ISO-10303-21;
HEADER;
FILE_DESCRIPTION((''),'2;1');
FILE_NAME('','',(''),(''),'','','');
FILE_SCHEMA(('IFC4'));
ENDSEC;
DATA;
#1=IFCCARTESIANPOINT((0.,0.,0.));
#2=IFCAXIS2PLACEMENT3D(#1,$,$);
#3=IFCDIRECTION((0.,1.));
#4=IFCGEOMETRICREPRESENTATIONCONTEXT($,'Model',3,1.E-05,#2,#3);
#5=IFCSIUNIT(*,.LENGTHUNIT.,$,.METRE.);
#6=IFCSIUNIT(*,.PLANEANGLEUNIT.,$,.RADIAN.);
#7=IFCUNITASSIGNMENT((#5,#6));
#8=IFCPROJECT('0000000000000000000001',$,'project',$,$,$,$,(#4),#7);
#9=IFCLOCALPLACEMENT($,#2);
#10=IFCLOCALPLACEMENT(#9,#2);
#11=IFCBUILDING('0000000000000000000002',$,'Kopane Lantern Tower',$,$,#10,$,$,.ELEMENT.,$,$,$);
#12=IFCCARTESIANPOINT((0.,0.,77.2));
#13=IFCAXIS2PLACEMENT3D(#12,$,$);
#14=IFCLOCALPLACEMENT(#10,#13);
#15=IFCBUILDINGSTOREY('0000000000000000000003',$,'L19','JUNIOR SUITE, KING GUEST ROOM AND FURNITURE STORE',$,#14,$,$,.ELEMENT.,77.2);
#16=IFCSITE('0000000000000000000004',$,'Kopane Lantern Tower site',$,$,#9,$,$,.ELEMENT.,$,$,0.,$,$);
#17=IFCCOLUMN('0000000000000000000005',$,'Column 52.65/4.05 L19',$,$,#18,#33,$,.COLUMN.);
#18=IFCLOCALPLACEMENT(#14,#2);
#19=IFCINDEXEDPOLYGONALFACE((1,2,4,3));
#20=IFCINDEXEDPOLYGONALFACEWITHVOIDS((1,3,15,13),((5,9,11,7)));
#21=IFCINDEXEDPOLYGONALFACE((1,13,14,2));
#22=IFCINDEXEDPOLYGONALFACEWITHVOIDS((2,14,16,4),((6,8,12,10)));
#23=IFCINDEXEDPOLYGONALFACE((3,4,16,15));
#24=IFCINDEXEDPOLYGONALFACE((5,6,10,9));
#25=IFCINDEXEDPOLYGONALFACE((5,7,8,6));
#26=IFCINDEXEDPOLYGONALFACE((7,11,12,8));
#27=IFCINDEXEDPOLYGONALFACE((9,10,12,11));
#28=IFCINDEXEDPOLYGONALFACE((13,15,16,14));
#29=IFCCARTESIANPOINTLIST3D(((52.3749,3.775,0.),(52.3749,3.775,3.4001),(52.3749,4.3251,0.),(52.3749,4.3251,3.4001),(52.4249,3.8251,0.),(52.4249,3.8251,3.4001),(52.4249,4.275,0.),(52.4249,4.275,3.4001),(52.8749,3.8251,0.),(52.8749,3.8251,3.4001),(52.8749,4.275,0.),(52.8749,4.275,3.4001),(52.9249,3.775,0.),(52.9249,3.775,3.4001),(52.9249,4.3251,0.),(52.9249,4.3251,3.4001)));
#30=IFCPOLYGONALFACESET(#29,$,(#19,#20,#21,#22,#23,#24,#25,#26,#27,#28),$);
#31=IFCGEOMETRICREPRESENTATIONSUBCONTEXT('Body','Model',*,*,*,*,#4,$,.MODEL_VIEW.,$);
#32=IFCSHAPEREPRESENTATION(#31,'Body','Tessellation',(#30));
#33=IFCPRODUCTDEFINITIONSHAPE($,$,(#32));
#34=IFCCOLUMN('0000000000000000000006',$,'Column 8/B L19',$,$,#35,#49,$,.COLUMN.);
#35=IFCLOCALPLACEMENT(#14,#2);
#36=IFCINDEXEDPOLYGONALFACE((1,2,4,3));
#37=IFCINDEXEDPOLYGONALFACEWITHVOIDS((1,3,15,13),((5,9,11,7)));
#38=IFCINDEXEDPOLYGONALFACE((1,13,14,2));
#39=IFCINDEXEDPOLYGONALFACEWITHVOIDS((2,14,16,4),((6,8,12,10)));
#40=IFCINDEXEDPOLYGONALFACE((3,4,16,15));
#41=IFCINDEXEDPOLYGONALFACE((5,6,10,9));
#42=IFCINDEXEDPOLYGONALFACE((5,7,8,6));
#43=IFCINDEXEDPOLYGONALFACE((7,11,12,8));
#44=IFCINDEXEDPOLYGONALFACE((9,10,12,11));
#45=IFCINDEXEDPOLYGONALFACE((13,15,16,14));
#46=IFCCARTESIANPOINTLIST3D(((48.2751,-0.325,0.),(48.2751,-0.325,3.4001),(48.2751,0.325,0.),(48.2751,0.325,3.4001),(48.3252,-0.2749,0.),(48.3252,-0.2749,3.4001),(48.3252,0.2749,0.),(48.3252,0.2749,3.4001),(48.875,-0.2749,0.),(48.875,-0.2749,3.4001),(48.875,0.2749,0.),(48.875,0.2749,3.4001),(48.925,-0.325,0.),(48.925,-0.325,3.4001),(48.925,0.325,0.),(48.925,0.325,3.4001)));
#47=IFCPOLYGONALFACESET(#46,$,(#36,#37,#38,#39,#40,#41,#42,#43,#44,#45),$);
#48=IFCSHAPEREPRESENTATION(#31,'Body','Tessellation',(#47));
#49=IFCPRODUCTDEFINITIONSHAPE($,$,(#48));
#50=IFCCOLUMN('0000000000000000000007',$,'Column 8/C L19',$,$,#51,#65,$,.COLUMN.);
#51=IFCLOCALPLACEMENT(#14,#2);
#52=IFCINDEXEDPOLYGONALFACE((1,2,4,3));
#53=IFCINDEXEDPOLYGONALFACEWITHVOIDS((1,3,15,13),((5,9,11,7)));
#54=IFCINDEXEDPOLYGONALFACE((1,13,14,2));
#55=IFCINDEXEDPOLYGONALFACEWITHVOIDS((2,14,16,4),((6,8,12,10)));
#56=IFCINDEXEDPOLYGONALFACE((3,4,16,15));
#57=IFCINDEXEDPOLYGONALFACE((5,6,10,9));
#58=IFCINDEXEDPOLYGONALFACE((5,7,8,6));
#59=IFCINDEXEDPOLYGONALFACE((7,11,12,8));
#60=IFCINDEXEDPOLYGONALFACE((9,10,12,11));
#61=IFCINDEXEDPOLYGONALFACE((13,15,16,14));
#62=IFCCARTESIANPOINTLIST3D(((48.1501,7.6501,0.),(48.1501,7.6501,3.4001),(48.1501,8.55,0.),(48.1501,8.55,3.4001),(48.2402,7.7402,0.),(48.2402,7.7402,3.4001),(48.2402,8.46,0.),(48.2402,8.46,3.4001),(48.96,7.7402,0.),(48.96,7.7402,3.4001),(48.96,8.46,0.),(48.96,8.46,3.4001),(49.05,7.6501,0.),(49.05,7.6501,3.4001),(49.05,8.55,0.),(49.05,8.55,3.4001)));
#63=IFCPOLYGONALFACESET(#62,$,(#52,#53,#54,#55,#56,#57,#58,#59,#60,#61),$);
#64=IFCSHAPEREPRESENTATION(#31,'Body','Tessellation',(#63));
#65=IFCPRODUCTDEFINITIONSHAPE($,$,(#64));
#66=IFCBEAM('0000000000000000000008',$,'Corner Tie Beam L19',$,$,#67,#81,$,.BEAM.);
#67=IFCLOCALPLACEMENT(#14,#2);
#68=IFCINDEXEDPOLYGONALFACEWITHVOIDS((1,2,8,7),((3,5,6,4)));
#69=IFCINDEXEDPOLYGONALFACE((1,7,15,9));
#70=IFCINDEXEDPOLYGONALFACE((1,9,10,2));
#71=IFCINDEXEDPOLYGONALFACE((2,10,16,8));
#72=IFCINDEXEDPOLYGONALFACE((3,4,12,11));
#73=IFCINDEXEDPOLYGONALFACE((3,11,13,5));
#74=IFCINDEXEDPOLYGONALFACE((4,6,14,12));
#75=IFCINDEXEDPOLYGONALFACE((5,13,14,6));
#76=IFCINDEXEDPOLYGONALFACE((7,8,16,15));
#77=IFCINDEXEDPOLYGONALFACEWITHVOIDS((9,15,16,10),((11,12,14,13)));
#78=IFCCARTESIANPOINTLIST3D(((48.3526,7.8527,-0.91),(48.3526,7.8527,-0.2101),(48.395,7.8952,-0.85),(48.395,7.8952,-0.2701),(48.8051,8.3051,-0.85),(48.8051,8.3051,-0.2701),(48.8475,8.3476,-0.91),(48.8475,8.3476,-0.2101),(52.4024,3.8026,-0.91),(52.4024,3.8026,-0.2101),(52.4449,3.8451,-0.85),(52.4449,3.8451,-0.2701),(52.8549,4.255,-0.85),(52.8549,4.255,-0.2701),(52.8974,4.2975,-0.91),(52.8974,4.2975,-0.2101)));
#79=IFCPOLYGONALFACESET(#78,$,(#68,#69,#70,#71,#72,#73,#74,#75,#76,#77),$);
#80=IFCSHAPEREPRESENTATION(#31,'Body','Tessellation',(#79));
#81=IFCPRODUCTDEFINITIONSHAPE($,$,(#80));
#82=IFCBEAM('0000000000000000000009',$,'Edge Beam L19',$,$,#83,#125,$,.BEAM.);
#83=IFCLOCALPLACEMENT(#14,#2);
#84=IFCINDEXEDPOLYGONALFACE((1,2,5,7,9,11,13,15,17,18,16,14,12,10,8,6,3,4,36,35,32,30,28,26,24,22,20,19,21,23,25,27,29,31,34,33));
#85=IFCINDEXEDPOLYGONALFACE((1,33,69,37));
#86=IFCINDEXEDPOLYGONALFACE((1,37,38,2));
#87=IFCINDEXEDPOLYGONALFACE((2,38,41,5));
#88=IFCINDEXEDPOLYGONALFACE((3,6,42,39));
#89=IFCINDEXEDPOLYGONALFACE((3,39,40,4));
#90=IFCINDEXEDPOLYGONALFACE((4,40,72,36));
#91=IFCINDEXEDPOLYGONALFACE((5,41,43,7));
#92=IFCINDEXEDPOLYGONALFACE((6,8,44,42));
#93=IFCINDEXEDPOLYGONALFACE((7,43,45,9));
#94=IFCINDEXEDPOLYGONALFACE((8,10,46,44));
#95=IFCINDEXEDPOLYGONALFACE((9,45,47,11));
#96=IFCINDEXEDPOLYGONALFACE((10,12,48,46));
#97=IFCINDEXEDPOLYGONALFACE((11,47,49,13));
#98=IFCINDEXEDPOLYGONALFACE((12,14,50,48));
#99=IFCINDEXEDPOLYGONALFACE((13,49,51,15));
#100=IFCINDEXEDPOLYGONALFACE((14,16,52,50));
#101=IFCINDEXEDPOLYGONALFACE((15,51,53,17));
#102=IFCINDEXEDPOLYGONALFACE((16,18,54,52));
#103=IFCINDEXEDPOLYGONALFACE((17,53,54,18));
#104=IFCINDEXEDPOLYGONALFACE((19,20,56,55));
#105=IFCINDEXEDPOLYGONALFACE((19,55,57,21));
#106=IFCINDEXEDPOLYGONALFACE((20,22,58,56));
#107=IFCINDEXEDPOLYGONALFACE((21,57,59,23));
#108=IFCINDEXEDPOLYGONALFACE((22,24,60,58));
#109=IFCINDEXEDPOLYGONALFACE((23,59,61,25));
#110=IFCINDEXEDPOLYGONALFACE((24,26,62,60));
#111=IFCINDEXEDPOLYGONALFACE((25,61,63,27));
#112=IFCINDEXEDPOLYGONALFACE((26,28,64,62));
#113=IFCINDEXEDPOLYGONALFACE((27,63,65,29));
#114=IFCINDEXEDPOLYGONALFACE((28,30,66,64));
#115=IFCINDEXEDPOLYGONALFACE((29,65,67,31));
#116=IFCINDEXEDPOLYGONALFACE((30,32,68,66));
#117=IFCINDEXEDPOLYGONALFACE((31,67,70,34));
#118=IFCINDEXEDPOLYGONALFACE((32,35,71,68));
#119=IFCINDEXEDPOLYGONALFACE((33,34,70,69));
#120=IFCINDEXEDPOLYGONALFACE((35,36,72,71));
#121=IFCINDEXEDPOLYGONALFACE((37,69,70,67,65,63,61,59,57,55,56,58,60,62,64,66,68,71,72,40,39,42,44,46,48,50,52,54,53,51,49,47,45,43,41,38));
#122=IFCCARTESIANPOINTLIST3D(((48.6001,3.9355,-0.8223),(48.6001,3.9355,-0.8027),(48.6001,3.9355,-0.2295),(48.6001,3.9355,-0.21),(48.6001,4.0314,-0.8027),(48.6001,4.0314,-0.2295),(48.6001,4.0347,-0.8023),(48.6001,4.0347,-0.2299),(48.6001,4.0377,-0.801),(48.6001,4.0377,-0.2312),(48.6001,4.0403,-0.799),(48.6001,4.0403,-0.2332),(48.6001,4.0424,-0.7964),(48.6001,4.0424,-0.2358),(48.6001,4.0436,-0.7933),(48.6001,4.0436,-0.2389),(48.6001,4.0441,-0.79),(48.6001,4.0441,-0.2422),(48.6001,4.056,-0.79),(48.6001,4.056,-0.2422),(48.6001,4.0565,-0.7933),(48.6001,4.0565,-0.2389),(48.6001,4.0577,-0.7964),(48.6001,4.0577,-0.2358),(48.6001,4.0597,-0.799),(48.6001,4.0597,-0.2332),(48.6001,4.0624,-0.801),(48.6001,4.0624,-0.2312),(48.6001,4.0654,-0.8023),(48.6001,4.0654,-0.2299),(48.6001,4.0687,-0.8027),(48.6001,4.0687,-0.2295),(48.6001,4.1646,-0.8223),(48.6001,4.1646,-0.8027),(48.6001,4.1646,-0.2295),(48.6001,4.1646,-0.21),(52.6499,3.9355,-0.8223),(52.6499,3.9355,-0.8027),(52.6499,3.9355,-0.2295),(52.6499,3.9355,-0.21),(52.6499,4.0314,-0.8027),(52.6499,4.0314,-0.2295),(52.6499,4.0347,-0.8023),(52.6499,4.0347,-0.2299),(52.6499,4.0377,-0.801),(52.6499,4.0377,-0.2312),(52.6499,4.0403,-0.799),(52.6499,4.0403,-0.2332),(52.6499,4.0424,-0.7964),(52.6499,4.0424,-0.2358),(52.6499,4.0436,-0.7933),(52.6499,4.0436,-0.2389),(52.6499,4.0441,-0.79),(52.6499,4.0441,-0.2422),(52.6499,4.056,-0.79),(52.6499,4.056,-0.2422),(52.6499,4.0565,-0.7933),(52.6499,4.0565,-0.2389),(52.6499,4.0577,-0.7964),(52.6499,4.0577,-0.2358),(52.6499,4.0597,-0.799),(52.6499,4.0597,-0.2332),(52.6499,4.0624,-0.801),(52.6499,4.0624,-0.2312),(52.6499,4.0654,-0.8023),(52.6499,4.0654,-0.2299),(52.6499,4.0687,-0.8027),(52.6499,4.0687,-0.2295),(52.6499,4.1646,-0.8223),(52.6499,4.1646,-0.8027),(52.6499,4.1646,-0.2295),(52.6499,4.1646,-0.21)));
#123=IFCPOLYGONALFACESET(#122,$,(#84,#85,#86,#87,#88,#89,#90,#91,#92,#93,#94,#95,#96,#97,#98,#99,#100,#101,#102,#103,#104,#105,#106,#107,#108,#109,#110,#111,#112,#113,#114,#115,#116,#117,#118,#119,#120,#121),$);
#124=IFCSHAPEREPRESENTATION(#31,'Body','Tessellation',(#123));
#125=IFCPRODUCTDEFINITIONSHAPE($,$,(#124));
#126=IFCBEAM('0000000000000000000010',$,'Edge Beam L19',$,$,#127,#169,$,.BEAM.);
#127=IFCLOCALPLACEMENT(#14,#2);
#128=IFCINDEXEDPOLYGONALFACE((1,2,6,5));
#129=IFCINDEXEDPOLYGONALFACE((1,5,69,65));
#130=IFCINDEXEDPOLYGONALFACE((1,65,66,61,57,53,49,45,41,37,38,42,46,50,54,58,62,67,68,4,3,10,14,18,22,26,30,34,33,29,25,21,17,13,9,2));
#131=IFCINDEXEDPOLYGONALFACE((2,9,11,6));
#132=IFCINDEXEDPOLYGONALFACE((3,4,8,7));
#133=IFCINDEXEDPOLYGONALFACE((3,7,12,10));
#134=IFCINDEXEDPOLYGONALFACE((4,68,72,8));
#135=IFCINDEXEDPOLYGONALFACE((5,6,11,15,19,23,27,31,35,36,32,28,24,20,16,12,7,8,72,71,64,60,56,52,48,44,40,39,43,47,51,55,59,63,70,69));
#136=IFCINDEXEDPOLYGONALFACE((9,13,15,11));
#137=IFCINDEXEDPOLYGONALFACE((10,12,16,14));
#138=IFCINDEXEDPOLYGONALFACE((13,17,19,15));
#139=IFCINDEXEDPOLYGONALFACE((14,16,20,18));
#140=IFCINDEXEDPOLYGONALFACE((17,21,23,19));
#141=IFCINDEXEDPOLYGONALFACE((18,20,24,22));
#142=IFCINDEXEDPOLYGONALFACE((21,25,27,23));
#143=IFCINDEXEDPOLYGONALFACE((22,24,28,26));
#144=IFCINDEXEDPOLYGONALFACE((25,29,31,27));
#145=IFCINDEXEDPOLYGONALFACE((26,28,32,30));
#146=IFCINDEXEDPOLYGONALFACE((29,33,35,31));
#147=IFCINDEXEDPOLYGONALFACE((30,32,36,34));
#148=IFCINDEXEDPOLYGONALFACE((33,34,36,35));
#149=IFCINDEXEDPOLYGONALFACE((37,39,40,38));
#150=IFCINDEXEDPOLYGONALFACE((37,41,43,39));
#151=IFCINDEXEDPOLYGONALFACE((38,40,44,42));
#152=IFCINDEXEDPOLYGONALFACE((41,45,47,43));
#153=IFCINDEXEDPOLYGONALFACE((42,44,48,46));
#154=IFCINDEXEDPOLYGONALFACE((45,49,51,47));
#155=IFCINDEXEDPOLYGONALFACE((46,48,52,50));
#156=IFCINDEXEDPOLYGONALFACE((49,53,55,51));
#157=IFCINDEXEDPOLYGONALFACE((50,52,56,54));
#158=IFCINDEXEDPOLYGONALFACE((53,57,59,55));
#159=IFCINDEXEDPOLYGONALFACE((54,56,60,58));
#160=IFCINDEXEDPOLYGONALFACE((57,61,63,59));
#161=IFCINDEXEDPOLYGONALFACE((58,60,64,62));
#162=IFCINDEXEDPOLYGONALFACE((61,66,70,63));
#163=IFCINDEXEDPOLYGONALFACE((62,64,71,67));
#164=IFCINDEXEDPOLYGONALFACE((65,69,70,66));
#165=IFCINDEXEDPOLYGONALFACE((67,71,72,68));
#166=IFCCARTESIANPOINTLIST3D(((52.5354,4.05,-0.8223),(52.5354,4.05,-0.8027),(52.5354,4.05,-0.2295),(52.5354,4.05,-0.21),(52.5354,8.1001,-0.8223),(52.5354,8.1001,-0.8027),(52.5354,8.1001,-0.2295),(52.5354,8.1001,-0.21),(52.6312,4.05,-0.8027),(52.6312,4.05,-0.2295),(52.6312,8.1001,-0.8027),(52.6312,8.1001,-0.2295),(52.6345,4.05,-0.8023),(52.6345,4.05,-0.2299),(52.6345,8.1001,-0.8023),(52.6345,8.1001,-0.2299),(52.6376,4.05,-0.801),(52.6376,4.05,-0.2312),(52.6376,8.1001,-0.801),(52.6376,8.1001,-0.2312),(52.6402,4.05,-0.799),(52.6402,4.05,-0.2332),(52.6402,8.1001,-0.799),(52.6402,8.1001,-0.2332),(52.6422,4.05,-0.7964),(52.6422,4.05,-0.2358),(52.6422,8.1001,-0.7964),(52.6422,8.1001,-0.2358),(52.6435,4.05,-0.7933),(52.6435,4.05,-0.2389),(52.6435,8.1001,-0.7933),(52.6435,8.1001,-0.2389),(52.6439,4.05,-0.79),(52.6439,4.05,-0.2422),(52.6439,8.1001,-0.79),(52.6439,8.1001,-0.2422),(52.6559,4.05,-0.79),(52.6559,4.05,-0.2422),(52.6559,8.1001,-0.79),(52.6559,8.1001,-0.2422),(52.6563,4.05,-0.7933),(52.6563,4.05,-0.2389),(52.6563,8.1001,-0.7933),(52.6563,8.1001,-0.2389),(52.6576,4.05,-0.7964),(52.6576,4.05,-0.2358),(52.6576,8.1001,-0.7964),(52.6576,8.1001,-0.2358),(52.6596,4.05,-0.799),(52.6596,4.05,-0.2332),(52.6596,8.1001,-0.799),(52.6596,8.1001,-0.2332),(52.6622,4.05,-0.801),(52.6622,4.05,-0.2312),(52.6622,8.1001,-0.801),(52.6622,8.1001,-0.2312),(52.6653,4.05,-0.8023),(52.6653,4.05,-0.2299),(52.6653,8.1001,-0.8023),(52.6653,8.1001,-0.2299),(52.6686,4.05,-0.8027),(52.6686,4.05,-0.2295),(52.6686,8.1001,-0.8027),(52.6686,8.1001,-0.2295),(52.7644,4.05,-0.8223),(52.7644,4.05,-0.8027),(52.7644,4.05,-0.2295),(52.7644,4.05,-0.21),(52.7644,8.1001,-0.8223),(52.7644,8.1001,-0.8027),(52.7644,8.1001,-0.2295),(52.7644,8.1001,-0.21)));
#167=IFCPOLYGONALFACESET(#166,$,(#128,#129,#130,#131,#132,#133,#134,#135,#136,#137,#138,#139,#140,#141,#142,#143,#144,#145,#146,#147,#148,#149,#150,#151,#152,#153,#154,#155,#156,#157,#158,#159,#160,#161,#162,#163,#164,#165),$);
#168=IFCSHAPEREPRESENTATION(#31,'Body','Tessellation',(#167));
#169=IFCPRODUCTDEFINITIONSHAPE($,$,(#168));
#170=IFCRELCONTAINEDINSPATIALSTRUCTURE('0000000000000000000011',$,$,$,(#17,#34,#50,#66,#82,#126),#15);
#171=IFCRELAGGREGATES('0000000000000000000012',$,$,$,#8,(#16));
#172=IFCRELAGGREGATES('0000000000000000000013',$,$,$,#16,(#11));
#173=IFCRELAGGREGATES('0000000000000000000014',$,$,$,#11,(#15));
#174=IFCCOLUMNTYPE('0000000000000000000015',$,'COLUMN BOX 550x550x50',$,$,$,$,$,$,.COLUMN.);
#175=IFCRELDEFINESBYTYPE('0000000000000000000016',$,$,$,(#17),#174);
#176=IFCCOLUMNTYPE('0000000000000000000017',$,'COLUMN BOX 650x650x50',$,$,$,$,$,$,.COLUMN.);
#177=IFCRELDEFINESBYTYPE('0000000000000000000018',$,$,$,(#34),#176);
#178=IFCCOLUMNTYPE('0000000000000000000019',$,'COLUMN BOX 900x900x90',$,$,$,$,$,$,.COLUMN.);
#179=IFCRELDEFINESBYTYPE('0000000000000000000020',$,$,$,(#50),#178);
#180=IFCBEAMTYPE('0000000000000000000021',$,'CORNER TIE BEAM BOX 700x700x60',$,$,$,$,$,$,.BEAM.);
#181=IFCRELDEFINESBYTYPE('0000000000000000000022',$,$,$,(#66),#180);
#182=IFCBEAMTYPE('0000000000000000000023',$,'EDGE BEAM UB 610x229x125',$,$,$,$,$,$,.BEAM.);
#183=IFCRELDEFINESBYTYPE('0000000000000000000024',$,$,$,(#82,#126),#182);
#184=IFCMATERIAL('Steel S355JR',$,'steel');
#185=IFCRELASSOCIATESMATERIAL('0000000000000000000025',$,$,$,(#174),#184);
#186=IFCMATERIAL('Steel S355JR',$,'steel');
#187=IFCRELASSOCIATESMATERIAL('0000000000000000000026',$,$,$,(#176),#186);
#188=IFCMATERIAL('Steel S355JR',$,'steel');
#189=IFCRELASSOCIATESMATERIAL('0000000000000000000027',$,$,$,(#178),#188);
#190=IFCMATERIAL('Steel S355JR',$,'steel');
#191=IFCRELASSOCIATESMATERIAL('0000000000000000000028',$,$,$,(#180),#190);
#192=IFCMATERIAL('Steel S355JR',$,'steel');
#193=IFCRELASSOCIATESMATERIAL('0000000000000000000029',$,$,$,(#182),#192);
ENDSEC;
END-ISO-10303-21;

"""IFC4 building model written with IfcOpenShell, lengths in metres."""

from ifc_helpers import new_model, si_unit, direction, frame, origin, origin_2d, place, context, subcontext, project, spatial, hollow_rectangle, i_section, extrude, material, material_profile, profile_set, type_object, element, save


model = new_model("IFC4")

# Units and contexts
model_context = context("Model", 3, precision=1e-05, world=origin(), true_north=direction((0.0, 1.0)))
body_context = subcontext(model_context, "Body", "Model", "MODEL_VIEW")
ifc_project = project(units=[si_unit("LENGTHUNIT", "METRE"), si_unit("PLANEANGLEUNIT", "RADIAN")], contexts=[model_context])

# Site, building, storey
site_placement = place(None, origin())
site = spatial("IfcSite", under=ifc_project, at=site_placement, Name="Kopane Lantern Tower site", CompositionType="ELEMENT", RefElevation=0.0)
building_placement = place(site_placement, origin())
building = spatial("IfcBuilding", under=site, at=building_placement, Name="Kopane Lantern Tower", CompositionType="ELEMENT")
storey_placement = place(building_placement, frame((0.0, 0.0, 77.2)))
storey = spatial("IfcBuildingStorey", under=building, at=storey_placement, Name="L19", Description="JUNIOR SUITE, KING GUEST ROOM AND FURNITURE STORE", CompositionType="ELEMENT", Elevation=77.2)

# Columns
ifc_material_1 = material(Name="Steel S355JR", Category="steel")
ifc_material_profile_1 = material_profile(ifc_material_1, hollow_rectangle(XDim=0.55, YDim=0.55, WallThickness=0.05, at=origin_2d()), Name="BOX 550x550x50")
ifc_profile_set_1 = profile_set([ifc_material_profile_1], Name="Steel S355JR")
column_type_1 = type_object("IfcColumnType", Name="COLUMN BOX 550x550x50", PredefinedType="COLUMN", material=ifc_profile_set_1)
column_1_placement = place(storey_placement, frame((52.6499, 4.05, 0.0), z_axis=(0.0, 0.0, 1.0), x_axis=(1.0, 0.0, 0.0)))
element("IfcColumn", 1, at=column_1_placement, inside=storey, type_object=column_type_1, Name="Column 52.65/4.05 L19", PredefinedType="COLUMN", context=body_context, shape_type="SweptSolid", body=[
    extrude(hollow_rectangle(XDim=0.55, YDim=0.55, WallThickness=0.05, at=origin_2d()), origin(), (0.0, 0.0, 1.0), 3.4001),
])
ifc_material_2 = material(Name="Steel S355JR", Category="steel")
ifc_material_profile_2 = material_profile(ifc_material_2, hollow_rectangle(XDim=0.6499, YDim=0.6499, WallThickness=0.05, at=origin_2d()), Name="BOX 650x650x50")
ifc_profile_set_2 = profile_set([ifc_material_profile_2], Name="Steel S355JR")
column_type_2 = type_object("IfcColumnType", Name="COLUMN BOX 650x650x50", PredefinedType="COLUMN", material=ifc_profile_set_2)
column_2_placement = place(storey_placement, frame((48.6001, 0.0, 0.0), z_axis=(0.0, 0.0, 1.0), x_axis=(1.0, 0.0, 0.0)))
element("IfcColumn", 2, at=column_2_placement, inside=storey, type_object=column_type_2, Name="Column 8/B L19", PredefinedType="COLUMN", context=body_context, shape_type="SweptSolid", body=[
    extrude(hollow_rectangle(XDim=0.6499, YDim=0.6499, WallThickness=0.05, at=origin_2d()), origin(), (0.0, 0.0, 1.0), 3.4001),
])
ifc_material_3 = material(Name="Steel S355JR", Category="steel")
ifc_material_profile_3 = material_profile(ifc_material_3, hollow_rectangle(XDim=0.8999, YDim=0.8999, WallThickness=0.0901, at=origin_2d()), Name="BOX 900x900x90")
ifc_profile_set_3 = profile_set([ifc_material_profile_3], Name="Steel S355JR")
column_type_3 = type_object("IfcColumnType", Name="COLUMN BOX 900x900x90", PredefinedType="COLUMN", material=ifc_profile_set_3)
column_3_placement = place(storey_placement, frame((48.6001, 8.1001, 0.0), z_axis=(0.0, 0.0, 1.0), x_axis=(1.0, 0.0, 0.0)))
element("IfcColumn", 3, at=column_3_placement, inside=storey, type_object=column_type_3, Name="Column 8/C L19", PredefinedType="COLUMN", context=body_context, shape_type="SweptSolid", body=[
    extrude(hollow_rectangle(XDim=0.8999, YDim=0.8999, WallThickness=0.0901, at=origin_2d()), origin(), (0.0, 0.0, 1.0), 3.4001),
])

# Beams
ifc_material_4 = material(Name="Steel S355JR", Category="steel")
ifc_material_profile_4 = material_profile(ifc_material_4, hollow_rectangle(XDim=0.7, YDim=0.7, WallThickness=0.0601, at=origin_2d()), Name="BOX 700x700x60")
ifc_profile_set_4 = profile_set([ifc_material_profile_4], Name="Steel S355JR")
beam_type_1 = type_object("IfcBeamType", Name="CORNER TIE BEAM BOX 700x700x60", PredefinedType="BEAM", material=ifc_profile_set_4)
beam_1_placement = place(storey_placement, frame((52.6499, 4.05, -0.5601), z_axis=(-0.707085, 0.707128, 0.0), x_axis=(-0.707128, -0.707085, 0.0)))
element("IfcBeam", 4, at=beam_1_placement, inside=storey, type_object=beam_type_1, Name="Corner Tie Beam L19", PredefinedType="BEAM", context=body_context, shape_type="SweptSolid", body=[
    extrude(hollow_rectangle(XDim=0.7, YDim=0.7, WallThickness=0.0601, at=origin_2d()), origin(), (0.0, 0.0, 1.0), 5.7275),
])
ifc_material_5 = material(Name="Steel S355JR", Category="steel")
ifc_material_profile_5 = material_profile(ifc_material_5, i_section(OverallWidth=0.229, OverallDepth=0.6123, WebThickness=0.012, FlangeThickness=0.0195, FilletRadius=0.0127, at=origin_2d()), Name="UB 610x229x125")
ifc_profile_set_5 = profile_set([ifc_material_profile_5], Name="Steel S355JR")
beam_type_2 = type_object("IfcBeamType", Name="EDGE BEAM UB 610x229x125", PredefinedType="BEAM", material=ifc_profile_set_5)
beam_2_placement = place(storey_placement, frame((52.6499, 4.05, -0.5161), z_axis=(-1.0, 0.0, 0.0), x_axis=(0.0, -1.0, 0.0)))
element("IfcBeam", 5, at=beam_2_placement, inside=storey, type_object=beam_type_2, Name="Edge Beam L19", PredefinedType="BEAM", context=body_context, shape_type="SweptSolid", body=[
    extrude(i_section(OverallWidth=0.229, OverallDepth=0.6123, WebThickness=0.012, FlangeThickness=0.0195, FilletRadius=0.0127, at=origin_2d()), origin(), (0.0, 0.0, 1.0), 4.0498),
])
beam_3_placement = place(storey_placement, frame((52.6499, 4.05, -0.5161), z_axis=(0.0, 1.0, 0.0), x_axis=(-1.0, 0.0, 0.0)))
element("IfcBeam", 6, at=beam_3_placement, inside=storey, type_object=beam_type_2, Name="Edge Beam L19", PredefinedType="BEAM", context=body_context, shape_type="SweptSolid", body=[
    extrude(i_section(OverallWidth=0.229, OverallDepth=0.6123, WebThickness=0.012, FlangeThickness=0.0195, FilletRadius=0.0127, at=origin_2d()), origin(), (0.0, 0.0, 1.0), 4.05),
])

save(model, "model.ifc")
